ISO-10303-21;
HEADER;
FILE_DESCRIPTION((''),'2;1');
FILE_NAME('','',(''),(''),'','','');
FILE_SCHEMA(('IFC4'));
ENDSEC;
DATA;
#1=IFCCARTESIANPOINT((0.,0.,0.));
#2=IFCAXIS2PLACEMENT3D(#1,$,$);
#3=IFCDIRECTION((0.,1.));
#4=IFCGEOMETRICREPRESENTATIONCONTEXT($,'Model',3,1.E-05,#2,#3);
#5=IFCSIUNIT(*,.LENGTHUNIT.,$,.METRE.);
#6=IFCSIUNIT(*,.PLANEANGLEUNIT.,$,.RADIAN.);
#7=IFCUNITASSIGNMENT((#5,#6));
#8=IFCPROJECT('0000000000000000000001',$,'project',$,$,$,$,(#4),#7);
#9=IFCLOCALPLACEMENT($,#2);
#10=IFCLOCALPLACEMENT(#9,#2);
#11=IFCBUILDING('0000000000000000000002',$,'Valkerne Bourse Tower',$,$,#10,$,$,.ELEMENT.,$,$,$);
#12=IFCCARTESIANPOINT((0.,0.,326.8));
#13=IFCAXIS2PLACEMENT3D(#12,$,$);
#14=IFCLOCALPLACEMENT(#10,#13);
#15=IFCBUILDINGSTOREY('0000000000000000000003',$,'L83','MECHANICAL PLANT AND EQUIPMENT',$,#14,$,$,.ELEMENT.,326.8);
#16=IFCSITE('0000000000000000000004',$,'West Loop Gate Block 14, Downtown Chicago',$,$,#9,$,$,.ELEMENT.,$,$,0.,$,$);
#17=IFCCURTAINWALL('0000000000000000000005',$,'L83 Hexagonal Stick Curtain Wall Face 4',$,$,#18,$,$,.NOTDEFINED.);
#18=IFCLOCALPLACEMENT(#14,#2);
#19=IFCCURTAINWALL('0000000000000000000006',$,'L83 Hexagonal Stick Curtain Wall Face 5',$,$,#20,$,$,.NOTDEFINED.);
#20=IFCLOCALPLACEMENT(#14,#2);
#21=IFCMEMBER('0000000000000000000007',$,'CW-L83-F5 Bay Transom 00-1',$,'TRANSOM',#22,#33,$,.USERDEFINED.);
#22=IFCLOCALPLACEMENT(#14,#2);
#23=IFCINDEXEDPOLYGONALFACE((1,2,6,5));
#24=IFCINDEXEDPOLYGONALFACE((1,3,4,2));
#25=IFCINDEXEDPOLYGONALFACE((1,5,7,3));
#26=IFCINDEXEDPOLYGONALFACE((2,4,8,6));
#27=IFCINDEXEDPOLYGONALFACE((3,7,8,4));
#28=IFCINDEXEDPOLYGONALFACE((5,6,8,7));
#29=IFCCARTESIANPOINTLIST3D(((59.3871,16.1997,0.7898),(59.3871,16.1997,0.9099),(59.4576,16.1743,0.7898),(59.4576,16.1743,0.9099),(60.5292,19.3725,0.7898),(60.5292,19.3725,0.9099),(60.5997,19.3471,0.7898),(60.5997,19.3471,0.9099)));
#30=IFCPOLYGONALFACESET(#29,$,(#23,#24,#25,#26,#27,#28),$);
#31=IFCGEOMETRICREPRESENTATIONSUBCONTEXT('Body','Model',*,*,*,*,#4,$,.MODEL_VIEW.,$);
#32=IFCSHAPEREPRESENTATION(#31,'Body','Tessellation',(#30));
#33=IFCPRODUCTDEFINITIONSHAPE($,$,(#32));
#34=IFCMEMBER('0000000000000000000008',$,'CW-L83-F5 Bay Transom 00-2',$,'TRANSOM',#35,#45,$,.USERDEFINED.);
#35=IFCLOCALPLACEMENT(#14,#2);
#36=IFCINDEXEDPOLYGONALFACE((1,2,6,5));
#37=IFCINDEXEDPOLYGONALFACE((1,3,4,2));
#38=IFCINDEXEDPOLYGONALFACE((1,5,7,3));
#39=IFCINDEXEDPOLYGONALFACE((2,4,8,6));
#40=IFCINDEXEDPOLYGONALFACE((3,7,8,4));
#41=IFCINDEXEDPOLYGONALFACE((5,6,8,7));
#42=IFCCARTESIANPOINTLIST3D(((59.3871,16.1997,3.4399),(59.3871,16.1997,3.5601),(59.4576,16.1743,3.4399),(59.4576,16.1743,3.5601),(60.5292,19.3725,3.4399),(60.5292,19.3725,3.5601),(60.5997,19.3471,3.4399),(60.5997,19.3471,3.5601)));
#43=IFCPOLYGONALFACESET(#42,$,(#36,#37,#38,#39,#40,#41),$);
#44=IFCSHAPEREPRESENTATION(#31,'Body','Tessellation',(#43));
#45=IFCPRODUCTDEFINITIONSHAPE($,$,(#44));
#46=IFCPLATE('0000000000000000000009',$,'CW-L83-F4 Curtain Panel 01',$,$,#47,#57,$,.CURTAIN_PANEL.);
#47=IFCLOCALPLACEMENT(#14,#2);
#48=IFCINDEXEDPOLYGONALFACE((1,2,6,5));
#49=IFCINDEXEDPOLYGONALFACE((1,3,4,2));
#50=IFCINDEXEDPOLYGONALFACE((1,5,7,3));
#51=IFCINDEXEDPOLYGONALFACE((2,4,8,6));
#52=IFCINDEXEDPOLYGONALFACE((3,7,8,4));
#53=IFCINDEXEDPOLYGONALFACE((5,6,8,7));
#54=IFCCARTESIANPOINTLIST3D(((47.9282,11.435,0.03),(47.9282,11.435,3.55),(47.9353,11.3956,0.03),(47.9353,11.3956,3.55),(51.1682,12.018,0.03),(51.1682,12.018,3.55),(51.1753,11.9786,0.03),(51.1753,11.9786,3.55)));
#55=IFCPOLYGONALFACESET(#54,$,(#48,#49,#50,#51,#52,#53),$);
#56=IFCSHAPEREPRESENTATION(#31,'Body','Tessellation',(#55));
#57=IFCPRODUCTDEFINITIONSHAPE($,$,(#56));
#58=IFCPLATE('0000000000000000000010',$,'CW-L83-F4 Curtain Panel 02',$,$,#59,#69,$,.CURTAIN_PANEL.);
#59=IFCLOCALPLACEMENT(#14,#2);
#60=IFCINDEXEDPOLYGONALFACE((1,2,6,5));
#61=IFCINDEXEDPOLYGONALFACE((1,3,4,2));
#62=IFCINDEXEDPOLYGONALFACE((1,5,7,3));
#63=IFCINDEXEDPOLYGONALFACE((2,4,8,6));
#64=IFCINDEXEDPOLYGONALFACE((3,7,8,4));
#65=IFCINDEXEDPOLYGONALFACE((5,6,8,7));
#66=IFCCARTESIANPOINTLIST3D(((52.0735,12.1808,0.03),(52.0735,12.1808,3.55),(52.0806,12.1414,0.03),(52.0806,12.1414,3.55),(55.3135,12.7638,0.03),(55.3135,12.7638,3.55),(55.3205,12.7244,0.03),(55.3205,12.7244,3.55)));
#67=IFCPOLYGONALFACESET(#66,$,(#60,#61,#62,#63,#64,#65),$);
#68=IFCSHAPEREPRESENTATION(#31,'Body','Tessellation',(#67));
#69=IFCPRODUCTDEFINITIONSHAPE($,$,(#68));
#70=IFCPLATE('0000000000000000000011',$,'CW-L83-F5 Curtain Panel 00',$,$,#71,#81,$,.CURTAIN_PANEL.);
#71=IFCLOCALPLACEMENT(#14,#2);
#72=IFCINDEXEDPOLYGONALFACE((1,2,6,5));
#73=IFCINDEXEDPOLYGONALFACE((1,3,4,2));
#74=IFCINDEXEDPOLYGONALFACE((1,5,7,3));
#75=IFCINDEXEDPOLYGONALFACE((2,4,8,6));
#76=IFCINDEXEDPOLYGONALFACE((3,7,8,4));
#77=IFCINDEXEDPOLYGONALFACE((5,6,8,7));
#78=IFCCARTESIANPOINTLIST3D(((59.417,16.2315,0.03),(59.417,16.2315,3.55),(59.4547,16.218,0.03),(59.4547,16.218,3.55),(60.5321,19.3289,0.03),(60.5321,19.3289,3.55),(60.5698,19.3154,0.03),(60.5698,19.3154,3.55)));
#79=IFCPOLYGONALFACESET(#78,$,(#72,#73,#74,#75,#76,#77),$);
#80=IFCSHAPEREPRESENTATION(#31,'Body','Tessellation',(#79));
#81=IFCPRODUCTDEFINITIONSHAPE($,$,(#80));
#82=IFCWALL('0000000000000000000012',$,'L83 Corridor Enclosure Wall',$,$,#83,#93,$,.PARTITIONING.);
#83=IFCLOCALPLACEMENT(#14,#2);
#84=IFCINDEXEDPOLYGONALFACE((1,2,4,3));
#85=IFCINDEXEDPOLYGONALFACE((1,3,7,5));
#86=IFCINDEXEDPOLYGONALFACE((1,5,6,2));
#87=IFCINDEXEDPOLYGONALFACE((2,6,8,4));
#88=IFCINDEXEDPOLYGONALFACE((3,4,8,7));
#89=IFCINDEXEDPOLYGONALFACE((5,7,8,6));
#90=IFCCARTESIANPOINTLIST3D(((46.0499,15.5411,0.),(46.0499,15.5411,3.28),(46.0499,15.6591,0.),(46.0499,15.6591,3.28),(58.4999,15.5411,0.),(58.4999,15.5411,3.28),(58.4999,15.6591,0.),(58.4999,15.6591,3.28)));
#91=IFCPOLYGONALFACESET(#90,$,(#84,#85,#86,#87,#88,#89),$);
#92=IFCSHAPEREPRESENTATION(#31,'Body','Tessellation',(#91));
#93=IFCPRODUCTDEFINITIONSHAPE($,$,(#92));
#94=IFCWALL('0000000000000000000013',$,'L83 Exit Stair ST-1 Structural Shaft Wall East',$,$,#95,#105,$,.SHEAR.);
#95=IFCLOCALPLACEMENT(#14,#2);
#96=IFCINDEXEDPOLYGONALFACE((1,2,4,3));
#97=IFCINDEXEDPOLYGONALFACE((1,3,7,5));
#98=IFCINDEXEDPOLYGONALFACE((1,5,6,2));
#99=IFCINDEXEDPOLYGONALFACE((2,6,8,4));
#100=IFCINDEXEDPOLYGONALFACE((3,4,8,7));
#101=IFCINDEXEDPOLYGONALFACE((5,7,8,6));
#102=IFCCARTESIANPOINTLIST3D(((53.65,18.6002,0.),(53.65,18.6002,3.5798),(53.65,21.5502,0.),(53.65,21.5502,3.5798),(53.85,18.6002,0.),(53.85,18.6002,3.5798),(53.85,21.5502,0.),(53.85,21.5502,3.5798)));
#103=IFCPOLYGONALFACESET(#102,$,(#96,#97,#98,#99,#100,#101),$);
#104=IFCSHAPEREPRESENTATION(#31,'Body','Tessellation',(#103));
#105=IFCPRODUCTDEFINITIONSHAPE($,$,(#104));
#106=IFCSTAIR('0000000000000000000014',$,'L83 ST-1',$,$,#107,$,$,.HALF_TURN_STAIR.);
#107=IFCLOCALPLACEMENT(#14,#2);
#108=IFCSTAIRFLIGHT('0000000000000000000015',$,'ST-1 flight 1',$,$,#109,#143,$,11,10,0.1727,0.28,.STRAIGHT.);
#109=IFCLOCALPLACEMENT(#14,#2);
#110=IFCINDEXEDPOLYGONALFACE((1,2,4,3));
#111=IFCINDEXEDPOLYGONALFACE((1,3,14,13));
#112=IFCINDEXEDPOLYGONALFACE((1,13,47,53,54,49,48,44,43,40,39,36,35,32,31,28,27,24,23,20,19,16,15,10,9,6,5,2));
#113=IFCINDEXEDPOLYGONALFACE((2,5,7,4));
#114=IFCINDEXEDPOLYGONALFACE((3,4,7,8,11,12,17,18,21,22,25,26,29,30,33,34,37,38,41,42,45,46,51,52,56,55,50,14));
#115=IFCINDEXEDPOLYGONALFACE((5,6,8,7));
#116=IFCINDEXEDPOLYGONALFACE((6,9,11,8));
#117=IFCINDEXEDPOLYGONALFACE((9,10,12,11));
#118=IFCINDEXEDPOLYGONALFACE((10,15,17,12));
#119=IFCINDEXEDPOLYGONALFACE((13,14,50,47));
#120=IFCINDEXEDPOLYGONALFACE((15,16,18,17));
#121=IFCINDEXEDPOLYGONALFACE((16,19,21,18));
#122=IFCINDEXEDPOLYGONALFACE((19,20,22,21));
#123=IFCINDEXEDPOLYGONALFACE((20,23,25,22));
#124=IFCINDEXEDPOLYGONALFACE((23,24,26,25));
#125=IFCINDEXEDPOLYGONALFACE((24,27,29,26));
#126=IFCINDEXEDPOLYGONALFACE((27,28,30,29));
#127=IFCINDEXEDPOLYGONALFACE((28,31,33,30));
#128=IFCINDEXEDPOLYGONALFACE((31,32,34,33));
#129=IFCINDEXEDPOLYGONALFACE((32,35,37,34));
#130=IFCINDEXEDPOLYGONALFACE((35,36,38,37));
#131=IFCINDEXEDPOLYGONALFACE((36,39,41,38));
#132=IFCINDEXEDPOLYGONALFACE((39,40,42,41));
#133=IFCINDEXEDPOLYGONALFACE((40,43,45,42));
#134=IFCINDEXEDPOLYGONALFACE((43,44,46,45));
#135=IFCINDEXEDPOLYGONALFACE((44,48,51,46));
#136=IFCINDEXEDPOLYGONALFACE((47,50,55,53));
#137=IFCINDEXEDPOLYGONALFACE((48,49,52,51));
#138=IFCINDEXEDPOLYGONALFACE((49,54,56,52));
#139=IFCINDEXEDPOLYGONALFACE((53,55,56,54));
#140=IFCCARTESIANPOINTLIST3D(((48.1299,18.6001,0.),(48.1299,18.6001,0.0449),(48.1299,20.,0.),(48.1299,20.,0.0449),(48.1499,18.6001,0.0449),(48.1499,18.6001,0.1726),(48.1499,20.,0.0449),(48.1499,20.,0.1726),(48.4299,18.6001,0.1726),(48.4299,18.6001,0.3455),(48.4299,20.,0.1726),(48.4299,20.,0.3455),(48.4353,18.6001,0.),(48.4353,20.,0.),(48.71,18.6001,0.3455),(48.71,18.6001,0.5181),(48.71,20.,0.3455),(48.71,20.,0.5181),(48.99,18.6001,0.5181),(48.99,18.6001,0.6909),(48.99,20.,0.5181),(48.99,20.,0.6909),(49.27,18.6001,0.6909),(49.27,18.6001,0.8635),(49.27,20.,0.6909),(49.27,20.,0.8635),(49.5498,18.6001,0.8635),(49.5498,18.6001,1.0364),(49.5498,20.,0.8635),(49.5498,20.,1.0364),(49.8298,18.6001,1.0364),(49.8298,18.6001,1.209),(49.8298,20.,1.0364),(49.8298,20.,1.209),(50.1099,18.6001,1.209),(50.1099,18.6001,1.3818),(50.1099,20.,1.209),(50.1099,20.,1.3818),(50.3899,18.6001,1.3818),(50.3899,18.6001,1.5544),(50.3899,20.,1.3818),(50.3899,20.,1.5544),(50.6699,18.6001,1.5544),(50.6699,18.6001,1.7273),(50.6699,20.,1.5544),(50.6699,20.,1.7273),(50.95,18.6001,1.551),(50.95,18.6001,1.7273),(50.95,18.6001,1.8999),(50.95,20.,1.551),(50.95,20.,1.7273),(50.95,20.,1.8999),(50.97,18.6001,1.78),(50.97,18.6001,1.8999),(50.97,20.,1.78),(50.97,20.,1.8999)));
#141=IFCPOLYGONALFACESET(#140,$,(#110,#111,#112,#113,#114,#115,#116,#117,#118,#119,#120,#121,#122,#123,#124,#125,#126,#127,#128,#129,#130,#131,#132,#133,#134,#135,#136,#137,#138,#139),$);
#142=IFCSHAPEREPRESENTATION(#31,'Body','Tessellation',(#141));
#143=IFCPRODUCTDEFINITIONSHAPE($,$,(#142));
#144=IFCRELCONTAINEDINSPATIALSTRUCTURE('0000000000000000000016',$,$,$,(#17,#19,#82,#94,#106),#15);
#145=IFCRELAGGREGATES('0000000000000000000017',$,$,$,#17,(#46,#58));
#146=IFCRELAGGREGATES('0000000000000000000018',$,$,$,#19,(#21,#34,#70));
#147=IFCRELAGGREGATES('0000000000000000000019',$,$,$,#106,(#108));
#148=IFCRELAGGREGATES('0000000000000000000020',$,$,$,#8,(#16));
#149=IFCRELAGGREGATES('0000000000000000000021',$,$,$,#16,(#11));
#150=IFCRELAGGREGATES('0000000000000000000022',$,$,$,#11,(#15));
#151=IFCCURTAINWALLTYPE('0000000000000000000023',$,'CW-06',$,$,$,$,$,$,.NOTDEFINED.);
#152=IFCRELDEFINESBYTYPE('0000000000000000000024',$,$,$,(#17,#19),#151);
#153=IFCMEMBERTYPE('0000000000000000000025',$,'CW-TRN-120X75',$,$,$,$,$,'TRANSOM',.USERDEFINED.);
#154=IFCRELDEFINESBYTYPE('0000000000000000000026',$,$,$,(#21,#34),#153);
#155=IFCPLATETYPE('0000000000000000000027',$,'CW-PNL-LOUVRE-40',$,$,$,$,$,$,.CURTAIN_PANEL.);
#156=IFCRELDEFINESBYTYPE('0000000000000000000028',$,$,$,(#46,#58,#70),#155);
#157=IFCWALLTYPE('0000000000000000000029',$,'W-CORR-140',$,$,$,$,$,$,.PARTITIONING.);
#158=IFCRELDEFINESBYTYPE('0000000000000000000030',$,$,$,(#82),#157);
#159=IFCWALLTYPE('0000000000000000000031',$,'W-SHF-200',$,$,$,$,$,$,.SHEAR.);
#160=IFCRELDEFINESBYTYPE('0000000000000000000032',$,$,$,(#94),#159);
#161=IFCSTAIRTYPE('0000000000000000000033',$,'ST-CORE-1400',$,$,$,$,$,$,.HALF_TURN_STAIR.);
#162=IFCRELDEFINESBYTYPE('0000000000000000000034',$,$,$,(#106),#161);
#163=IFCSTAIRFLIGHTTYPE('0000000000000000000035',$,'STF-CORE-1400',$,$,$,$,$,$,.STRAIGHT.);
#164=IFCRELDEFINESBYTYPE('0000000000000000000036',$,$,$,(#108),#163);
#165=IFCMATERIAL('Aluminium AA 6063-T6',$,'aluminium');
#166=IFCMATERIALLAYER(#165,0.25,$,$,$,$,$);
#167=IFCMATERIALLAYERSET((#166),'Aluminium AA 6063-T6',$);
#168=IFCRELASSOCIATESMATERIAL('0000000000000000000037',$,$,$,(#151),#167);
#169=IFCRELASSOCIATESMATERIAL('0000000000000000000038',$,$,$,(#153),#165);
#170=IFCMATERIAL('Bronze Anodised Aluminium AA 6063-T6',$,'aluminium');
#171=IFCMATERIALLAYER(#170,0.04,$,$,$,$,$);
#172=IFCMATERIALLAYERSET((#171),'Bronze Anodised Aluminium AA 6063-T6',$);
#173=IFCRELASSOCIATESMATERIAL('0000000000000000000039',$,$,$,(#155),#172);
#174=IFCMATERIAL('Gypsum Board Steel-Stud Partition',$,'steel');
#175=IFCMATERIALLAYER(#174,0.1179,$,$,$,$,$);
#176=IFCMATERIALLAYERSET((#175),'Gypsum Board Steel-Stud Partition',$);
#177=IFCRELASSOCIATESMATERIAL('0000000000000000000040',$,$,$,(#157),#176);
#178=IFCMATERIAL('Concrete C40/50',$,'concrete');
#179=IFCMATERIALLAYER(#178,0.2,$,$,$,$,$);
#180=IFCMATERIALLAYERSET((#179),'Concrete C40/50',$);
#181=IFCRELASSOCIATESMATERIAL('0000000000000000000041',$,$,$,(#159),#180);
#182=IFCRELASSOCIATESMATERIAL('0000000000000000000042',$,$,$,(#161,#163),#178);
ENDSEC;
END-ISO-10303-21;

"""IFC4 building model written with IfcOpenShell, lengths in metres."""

from ifc_helpers import new_model, si_unit, direction, frame, frame_2d, origin, origin_2d, place, context, subcontext, project, spatial, polyline, rectangle, outline, extrude, material, layer, layer_set, material_profile, profile_set, type_object, element, aggregate, save


model = new_model("IFC4")

# Units and contexts
model_context = context("Model", 3, precision=1e-05, world=origin(), true_north=direction((0.0, 1.0)))
body_context = subcontext(model_context, "Body", "Model", "MODEL_VIEW")
ifc_project = project(units=[si_unit("LENGTHUNIT", "METRE"), si_unit("PLANEANGLEUNIT", "RADIAN")], contexts=[model_context])

# Site, building, storey
site_placement = place(None, origin())
site = spatial("IfcSite", under=ifc_project, at=site_placement, Name="West Loop Gate Block 14, Downtown Chicago", CompositionType="ELEMENT", RefElevation=0.0)
building_placement = place(site_placement, origin())
building = spatial("IfcBuilding", under=site, at=building_placement, Name="Valkerne Bourse Tower", CompositionType="ELEMENT")
storey_placement = place(building_placement, frame((0.0, 0.0, 326.8)))
storey = spatial("IfcBuildingStorey", under=building, at=storey_placement, Name="L83", Description="MECHANICAL PLANT AND EQUIPMENT", CompositionType="ELEMENT", Elevation=326.8)

# Curtain wall
ifc_material_1 = material(Name="Aluminium AA 6063-T6", Category="aluminium")
ifc_layer_1 = layer(ifc_material_1, 0.25)
ifc_layer_set_1 = layer_set([ifc_layer_1], Name="Aluminium AA 6063-T6")
curtain_wall_type = type_object("IfcCurtainWallType", Name="CW-06", PredefinedType="NOTDEFINED", material=ifc_layer_set_1)
curtain_wall_1_placement = place(storey_placement, origin())
curtain_wall_1 = element("IfcCurtainWall", 1, at=curtain_wall_1_placement, inside=storey, type_object=curtain_wall_type, Name="L83 Hexagonal Stick Curtain Wall Face 4", PredefinedType="NOTDEFINED")

# Curtain wall
curtain_wall_2_placement = place(storey_placement, origin())
curtain_wall_2 = element("IfcCurtainWall", 2, at=curtain_wall_2_placement, inside=storey, type_object=curtain_wall_type, Name="L83 Hexagonal Stick Curtain Wall Face 5", PredefinedType="NOTDEFINED")

# Members
ifc_material_profile_1 = material_profile(ifc_material_1, rectangle(XDim=0.075, YDim=0.1201, at=origin_2d()), Name="CWT-75X120")
ifc_profile_set_1 = profile_set([ifc_material_profile_1], Name="Aluminium AA 6063-T6")
member_type_1 = type_object("IfcMemberType", Name="CW-TRN-120X75", ElementType="TRANSOM", PredefinedType="USERDEFINED", material=ifc_profile_set_1)
member_1_placement = place(storey_placement, frame((59.4224, 16.187, 0.8499), z_axis=(0.338684, 0.9409, 0.0), x_axis=(-0.9409, 0.338684, 0.0)))
member_1 = element("IfcMember", 3, at=member_1_placement, type_object=member_type_1, Name="CW-L83-F5 Bay Transom 00-1", ObjectType="TRANSOM", PredefinedType="USERDEFINED", context=body_context, shape_type="SweptSolid", body=[
    extrude(rectangle(XDim=0.075, YDim=0.1201, at=origin_2d()), origin(), (0.0, 0.0, 1.0), 3.3721),
])
member_2_placement = place(storey_placement, frame((59.4224, 16.187, 3.5), z_axis=(0.338684, 0.9409, 0.0), x_axis=(-0.9409, 0.338684, 0.0)))
member_2 = element("IfcMember", 4, at=member_2_placement, type_object=member_type_1, Name="CW-L83-F5 Bay Transom 00-2", ObjectType="TRANSOM", PredefinedType="USERDEFINED", context=body_context, shape_type="SweptSolid", body=[
    extrude(rectangle(XDim=0.075, YDim=0.1201, at=origin_2d()), origin(), (0.0, 0.0, 1.0), 3.3721),
])

# Plates
ifc_material_2 = material(Name="Bronze Anodised Aluminium AA 6063-T6", Category="aluminium")
ifc_layer_2 = layer(ifc_material_2, 0.04)
ifc_layer_set_2 = layer_set([ifc_layer_2], Name="Bronze Anodised Aluminium AA 6063-T6")
plate_type = type_object("IfcPlateType", Name="CW-PNL-LOUVRE-40", PredefinedType="CURTAIN_PANEL", material=ifc_layer_set_2)
plate_1_placement = place(storey_placement, frame((49.5518, 11.7068, 0.03), z_axis=(0.0, 0.0, 1.0), x_axis=(0.984195, 0.17709, 0.0)))
plate_1 = element("IfcPlate", 5, at=plate_1_placement, type_object=plate_type, Name="CW-L83-F4 Curtain Panel 01", PredefinedType="CURTAIN_PANEL", context=body_context, shape_type="SweptSolid", body=[
    extrude(rectangle(XDim=3.292, YDim=0.04, at=origin_2d()), origin(), (0.0, 0.0, 1.0), 3.52),
])
plate_2_placement = place(storey_placement, frame((53.697, 12.4526, 0.03), z_axis=(0.0, 0.0, 1.0), x_axis=(0.984195, 0.17709, 0.0)))
plate_2 = element("IfcPlate", 6, at=plate_2_placement, type_object=plate_type, Name="CW-L83-F4 Curtain Panel 02", PredefinedType="CURTAIN_PANEL", context=body_context, shape_type="SweptSolid", body=[
    extrude(rectangle(XDim=3.292, YDim=0.04, at=origin_2d()), origin(), (0.0, 0.0, 1.0), 3.52),
])
aggregate(curtain_wall_1, [plate_1, plate_2])
plate_3_placement = place(storey_placement, frame((59.9934, 17.7734, 0.03), z_axis=(0.0, 0.0, 1.0), x_axis=(0.338724, 0.940886, 0.0)))
plate_3 = element("IfcPlate", 7, at=plate_3_placement, type_object=plate_type, Name="CW-L83-F5 Curtain Panel 00", PredefinedType="CURTAIN_PANEL", context=body_context, shape_type="SweptSolid", body=[
    extrude(rectangle(XDim=3.292, YDim=0.04, at=origin_2d()), origin(), (0.0, 0.0, 1.0), 3.52),
])
aggregate(curtain_wall_2, [member_1, member_2, plate_3])

# Walls
ifc_material_3 = material(Name="Gypsum Board Steel-Stud Partition", Category="steel")
ifc_layer_3 = layer(ifc_material_3, 0.1179)
ifc_layer_set_3 = layer_set([ifc_layer_3], Name="Gypsum Board Steel-Stud Partition")
wall_type_1 = type_object("IfcWallType", Name="W-CORR-140", PredefinedType="PARTITIONING", material=ifc_layer_set_3)
wall_1_placement = place(storey_placement, frame((58.5, 15.6001, 0.0), z_axis=(0.0, 0.0, 1.0), x_axis=(-1.0, 0.0, 0.0)))
element("IfcWall", 8, at=wall_1_placement, inside=storey, type_object=wall_type_1, Name="L83 Corridor Enclosure Wall", PredefinedType="PARTITIONING", context=body_context, shape_type="SweptSolid", body=[
    extrude(rectangle(XDim=12.45, YDim=0.1179, at=frame_2d((6.2251, 0.0))), origin(), (0.0, 0.0, 1.0), 3.28),
])
ifc_material_4 = material(Name="Concrete C40/50", Category="concrete")
ifc_layer_4 = layer(ifc_material_4, 0.2)
ifc_layer_set_4 = layer_set([ifc_layer_4], Name="Concrete C40/50")
wall_type_2 = type_object("IfcWallType", Name="W-SHF-200", PredefinedType="SHEAR", material=ifc_layer_set_4)
wall_2_placement = place(storey_placement, frame((53.75, 18.6001, 0.0), z_axis=(0.0, 0.0, 1.0), x_axis=(0.0, 1.0, 0.0)))
element("IfcWall", 9, at=wall_2_placement, inside=storey, type_object=wall_type_2, Name="L83 Exit Stair ST-1 Structural Shaft Wall East", PredefinedType="SHEAR", context=body_context, shape_type="SweptSolid", body=[
    extrude(rectangle(XDim=2.95, YDim=0.2, at=frame_2d((1.4751, 0.0))), origin(), (0.0, 0.0, 1.0), 3.5798),
])

# Stair, stair flight
stair_type = type_object("IfcStairType", Name="ST-CORE-1400", PredefinedType="HALF_TURN_STAIR", material=ifc_material_4)
stair_placement = place(storey_placement, origin())
stair = element("IfcStair", 10, at=stair_placement, inside=storey, type_object=stair_type, Name="L83 ST-1", PredefinedType="HALF_TURN_STAIR")
stair_flight_type = type_object("IfcStairFlightType", Name="STF-CORE-1400", PredefinedType="STRAIGHT", material=ifc_material_4)
stair_flight_placement = place(storey_placement, frame((48.1499, 19.3, 0.0), z_axis=(0.0, 0.0, 1.0), x_axis=(1.0, 0.0, 0.0)))
stair_flight = element("IfcStairFlight", 11, at=stair_flight_placement, type_object=stair_flight_type, Name="ST-1 flight 1", NumberOfRisers=11, NumberOfTreads=10, PredefinedType="STRAIGHT", RiserHeight=0.1727, TreadLength=0.28, context=body_context, shape_type="SweptSolid", body=[
    extrude(outline(polyline([(-0.02, 0.0), (-0.02, 0.0449), (0.0, 0.0449), (0.0, 0.1726), (0.28, 0.1726), (0.28, 0.3455), (0.5601, 0.3455), (0.5601, 0.5181), (0.8401, 0.5181), (0.8401, 0.6909), (1.1201, 0.6909), (1.1201, 0.8635), (1.3999, 0.8635), (1.3999, 1.0364), (1.6799, 1.0364), (1.6799, 1.209), (1.96, 1.209), (1.96, 1.3818), (2.24, 1.3818), (2.24, 1.5544), (2.52, 1.5544), (2.52, 1.7273), (2.8, 1.7273), (2.8, 1.8999), (2.8201, 1.8999), (2.8201, 1.78), (2.8, 1.551), (0.2854, 0.0), (-0.02, 0.0)])), frame((0.0, 0.7, 0.0), z_axis=(0.0, -1.0, 0.0), x_axis=(1.0, 0.0, 0.0)), (0.0, 0.0, 1.0), 1.3999),
])
aggregate(stair, [stair_flight])

save(model, "model.ifc")
